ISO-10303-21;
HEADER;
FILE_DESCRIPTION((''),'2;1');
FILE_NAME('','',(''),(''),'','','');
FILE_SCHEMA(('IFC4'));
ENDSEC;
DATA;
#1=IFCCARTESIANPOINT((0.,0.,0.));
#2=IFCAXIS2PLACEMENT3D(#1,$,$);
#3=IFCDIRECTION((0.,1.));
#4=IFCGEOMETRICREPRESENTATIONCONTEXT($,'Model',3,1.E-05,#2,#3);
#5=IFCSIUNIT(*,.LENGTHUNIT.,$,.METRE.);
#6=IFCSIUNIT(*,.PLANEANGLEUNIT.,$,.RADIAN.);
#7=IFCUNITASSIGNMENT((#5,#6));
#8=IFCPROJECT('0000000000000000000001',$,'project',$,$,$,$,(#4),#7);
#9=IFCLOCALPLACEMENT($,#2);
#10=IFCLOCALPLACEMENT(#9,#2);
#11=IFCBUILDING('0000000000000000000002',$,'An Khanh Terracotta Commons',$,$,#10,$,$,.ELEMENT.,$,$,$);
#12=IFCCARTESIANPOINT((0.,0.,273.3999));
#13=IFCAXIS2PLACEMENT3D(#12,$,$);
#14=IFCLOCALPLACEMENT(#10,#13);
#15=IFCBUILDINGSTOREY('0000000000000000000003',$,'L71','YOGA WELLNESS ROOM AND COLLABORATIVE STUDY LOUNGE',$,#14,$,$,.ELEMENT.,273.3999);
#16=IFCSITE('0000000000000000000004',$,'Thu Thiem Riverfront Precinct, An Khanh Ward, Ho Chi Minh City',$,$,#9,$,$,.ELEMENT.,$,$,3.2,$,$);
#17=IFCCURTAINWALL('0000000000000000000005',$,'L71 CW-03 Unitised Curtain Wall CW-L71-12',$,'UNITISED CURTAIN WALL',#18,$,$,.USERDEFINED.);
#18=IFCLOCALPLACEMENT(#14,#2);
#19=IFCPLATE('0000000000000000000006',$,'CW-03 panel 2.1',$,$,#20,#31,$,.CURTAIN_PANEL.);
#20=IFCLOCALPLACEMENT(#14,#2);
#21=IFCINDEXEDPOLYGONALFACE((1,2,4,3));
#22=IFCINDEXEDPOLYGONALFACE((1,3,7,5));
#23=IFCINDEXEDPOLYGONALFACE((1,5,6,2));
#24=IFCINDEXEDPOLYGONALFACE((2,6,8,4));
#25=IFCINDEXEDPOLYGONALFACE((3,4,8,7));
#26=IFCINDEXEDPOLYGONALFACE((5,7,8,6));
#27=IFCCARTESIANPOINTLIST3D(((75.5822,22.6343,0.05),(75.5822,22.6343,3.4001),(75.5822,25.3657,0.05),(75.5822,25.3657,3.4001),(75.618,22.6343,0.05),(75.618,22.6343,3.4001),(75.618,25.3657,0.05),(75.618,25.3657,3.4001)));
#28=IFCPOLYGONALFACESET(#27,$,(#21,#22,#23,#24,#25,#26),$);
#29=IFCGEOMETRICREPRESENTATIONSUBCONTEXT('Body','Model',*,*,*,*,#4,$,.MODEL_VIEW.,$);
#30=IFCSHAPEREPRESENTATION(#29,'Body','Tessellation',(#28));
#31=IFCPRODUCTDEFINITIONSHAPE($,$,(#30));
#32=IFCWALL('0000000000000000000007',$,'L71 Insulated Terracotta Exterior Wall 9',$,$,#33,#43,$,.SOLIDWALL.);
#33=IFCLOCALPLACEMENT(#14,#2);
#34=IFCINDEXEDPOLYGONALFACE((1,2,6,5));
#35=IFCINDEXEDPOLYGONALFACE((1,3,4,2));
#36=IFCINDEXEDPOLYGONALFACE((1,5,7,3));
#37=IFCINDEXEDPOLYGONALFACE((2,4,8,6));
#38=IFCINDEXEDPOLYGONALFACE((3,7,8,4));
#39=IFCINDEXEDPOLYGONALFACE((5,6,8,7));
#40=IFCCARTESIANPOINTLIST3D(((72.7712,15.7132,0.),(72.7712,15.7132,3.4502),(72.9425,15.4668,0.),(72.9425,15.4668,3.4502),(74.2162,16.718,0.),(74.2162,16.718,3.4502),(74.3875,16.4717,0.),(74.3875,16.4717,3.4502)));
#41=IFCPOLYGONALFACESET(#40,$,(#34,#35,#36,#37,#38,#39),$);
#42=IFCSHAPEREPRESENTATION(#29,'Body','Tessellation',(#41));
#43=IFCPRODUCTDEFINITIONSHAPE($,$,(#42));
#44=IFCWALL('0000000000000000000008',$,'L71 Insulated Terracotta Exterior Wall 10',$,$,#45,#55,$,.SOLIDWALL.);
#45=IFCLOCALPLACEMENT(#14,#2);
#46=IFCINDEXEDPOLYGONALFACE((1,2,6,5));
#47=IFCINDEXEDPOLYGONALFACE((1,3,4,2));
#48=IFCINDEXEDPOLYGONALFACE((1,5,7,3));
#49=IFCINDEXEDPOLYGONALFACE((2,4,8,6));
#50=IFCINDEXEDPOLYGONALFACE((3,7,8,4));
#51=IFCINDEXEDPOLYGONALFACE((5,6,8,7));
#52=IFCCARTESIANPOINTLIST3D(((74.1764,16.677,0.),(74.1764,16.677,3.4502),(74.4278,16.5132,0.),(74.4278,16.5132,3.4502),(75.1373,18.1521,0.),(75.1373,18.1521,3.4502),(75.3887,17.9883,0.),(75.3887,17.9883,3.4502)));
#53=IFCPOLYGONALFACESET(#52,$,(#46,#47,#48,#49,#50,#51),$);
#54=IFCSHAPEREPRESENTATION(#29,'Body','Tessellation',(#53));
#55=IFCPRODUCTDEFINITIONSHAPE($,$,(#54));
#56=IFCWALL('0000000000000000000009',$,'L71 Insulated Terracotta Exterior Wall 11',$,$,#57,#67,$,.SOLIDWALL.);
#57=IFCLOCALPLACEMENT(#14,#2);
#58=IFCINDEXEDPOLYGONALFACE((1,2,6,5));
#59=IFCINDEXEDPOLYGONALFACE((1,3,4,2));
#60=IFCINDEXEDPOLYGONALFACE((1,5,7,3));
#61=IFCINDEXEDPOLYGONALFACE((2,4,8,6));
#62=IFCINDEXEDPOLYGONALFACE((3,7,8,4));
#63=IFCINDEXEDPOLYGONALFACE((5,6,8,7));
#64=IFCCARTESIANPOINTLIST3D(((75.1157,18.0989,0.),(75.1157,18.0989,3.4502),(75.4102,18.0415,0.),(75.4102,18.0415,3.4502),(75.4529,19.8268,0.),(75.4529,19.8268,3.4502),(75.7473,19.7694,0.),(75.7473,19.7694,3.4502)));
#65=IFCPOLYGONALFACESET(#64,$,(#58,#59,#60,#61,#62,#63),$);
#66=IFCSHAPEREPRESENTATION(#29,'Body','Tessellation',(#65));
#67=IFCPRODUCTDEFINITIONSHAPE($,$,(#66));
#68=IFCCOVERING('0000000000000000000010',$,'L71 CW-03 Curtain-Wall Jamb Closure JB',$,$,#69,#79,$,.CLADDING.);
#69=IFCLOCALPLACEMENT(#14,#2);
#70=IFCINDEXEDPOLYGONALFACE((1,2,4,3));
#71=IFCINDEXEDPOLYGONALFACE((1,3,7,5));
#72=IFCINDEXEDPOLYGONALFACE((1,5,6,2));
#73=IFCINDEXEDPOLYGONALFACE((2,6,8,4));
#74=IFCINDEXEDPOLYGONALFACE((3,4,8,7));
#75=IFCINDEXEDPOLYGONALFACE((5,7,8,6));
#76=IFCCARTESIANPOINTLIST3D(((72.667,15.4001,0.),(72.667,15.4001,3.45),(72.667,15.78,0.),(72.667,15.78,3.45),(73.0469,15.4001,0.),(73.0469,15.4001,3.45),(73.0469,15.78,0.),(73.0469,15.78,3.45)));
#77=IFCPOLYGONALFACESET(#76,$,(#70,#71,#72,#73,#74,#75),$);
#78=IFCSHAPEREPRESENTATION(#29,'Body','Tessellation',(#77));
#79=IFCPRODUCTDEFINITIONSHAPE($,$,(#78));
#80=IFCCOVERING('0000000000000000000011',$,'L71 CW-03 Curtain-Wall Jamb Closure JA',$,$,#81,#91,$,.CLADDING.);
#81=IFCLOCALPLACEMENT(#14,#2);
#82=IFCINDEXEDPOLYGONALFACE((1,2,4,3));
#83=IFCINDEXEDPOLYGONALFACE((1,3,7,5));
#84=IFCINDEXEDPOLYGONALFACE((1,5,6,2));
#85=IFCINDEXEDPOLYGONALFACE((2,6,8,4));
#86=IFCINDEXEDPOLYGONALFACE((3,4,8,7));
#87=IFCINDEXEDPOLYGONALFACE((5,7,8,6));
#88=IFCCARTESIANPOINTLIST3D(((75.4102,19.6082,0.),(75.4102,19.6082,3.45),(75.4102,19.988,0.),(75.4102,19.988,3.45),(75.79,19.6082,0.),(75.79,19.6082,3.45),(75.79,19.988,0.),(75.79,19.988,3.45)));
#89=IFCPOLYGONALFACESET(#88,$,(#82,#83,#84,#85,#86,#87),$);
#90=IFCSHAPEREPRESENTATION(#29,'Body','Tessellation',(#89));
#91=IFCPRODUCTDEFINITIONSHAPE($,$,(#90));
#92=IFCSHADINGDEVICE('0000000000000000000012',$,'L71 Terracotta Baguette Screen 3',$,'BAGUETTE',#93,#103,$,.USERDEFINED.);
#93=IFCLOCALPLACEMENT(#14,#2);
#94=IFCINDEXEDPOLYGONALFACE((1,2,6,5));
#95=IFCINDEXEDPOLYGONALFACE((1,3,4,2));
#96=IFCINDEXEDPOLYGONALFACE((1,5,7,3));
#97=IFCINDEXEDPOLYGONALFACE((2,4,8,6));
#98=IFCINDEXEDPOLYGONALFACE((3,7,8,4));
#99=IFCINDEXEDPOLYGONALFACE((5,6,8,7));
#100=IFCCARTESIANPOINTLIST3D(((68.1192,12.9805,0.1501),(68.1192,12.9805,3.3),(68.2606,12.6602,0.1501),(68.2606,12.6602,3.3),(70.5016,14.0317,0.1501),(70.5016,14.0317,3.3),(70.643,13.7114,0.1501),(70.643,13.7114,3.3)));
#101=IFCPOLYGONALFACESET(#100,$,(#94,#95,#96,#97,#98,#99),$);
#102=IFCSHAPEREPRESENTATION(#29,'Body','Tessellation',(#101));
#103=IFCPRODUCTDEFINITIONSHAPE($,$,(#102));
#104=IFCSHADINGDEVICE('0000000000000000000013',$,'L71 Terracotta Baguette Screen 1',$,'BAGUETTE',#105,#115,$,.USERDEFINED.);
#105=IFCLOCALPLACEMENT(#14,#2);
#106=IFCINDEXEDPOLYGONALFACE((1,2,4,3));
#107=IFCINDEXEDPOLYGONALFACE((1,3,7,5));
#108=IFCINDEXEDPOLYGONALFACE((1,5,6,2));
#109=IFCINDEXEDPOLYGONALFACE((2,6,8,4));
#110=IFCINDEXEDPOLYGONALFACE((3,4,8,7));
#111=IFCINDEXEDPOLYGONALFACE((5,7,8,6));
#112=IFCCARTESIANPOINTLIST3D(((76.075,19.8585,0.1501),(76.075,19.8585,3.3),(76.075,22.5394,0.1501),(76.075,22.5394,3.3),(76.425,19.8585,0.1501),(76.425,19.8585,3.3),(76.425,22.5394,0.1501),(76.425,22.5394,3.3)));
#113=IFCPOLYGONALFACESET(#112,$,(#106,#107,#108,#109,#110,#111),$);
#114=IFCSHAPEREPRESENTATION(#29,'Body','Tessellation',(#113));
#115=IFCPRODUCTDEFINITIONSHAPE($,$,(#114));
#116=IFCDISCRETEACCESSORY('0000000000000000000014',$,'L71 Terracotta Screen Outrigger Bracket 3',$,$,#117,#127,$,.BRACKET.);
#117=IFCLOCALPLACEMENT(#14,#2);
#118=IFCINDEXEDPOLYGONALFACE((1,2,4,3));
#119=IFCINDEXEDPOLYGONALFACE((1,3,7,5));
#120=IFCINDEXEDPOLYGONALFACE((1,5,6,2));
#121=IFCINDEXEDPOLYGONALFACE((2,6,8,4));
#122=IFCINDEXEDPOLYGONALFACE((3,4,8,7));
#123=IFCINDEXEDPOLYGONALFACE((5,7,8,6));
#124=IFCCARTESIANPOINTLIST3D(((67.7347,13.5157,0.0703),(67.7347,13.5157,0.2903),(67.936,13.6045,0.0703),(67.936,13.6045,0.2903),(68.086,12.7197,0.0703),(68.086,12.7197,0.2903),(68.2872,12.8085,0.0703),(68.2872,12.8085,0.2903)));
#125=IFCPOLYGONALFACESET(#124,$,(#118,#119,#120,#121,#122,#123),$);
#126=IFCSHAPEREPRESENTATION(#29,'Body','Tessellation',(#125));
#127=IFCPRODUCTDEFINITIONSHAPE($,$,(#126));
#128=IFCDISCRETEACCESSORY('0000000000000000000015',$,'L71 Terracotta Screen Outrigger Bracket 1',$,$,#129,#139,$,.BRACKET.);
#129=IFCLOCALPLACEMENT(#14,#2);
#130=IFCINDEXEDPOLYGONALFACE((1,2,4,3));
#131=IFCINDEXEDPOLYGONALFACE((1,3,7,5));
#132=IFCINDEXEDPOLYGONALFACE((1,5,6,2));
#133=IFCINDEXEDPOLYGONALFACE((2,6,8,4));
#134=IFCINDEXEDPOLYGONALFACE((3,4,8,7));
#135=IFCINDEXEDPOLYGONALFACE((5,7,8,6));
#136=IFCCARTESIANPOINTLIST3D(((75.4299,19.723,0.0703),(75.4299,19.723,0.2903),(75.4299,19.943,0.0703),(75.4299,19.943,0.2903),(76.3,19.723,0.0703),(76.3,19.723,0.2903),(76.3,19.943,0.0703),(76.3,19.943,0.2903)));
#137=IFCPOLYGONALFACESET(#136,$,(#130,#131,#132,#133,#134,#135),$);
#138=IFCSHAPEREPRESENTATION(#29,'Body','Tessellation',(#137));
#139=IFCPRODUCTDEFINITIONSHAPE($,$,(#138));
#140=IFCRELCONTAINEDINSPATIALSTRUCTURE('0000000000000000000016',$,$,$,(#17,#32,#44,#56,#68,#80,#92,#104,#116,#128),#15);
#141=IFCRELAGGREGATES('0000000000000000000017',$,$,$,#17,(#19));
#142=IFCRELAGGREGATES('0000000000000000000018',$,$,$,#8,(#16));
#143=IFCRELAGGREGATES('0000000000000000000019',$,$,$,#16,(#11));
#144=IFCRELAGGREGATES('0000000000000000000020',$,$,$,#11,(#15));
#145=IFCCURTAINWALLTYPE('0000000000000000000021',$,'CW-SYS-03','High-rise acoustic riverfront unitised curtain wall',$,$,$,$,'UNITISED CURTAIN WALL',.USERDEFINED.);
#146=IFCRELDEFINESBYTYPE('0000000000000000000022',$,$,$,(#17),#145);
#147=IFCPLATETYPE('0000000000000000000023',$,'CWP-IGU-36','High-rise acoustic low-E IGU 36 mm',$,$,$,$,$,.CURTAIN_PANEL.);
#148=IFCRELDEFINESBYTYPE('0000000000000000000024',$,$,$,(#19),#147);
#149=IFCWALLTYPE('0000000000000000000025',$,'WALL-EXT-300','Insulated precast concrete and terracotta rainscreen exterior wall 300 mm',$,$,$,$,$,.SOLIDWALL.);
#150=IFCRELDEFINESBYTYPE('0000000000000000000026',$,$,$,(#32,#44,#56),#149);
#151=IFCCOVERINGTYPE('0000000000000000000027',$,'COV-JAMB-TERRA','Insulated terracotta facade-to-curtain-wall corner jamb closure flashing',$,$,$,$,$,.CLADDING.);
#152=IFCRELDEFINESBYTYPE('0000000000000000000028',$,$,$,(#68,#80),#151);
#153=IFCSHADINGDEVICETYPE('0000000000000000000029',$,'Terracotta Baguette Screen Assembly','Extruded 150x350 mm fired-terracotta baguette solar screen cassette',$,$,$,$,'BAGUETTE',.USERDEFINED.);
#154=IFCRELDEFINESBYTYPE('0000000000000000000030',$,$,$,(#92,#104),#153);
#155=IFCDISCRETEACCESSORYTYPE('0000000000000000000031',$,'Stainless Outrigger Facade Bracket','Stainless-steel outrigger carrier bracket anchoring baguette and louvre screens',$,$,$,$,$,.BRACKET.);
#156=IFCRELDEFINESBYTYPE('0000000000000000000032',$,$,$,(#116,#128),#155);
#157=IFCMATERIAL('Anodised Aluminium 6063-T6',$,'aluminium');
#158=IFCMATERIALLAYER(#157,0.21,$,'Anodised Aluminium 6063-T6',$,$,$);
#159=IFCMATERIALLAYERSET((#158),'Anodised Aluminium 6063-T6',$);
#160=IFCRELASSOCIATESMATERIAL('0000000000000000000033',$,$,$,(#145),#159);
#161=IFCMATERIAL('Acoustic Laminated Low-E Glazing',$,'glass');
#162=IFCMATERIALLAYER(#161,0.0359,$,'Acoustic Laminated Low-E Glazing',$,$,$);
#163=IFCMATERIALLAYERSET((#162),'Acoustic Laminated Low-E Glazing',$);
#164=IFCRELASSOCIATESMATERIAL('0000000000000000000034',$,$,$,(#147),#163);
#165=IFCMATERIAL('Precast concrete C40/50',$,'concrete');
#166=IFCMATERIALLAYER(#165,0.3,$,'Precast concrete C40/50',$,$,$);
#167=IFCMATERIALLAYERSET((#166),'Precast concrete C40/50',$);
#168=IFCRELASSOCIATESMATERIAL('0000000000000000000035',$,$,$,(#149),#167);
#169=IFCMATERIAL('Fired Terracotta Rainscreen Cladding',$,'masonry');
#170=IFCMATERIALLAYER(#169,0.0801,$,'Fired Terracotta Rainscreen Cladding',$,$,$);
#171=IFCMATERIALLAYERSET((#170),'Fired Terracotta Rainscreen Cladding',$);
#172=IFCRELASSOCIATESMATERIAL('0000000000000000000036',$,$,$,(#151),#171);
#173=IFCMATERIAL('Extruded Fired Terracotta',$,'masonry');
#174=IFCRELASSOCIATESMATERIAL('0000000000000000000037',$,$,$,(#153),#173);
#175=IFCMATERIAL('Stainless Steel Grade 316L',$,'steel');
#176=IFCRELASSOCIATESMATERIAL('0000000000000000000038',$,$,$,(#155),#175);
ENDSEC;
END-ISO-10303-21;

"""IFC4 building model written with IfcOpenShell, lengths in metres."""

from ifc_helpers import new_model, si_unit, direction, frame, frame_2d, origin, origin_2d, place, context, subcontext, project, spatial, rectangle, extrude, material, layer, layer_set, type_object, element, aggregate, save


model = new_model("IFC4")

# Units and contexts
model_context = context("Model", 3, precision=1e-05, world=origin(), true_north=direction((0.0, 1.0)))
body_context = subcontext(model_context, "Body", "Model", "MODEL_VIEW")
ifc_project = project(units=[si_unit("LENGTHUNIT", "METRE"), si_unit("PLANEANGLEUNIT", "RADIAN")], contexts=[model_context])

# Site, building, storey
site_placement = place(None, origin())
site = spatial("IfcSite", under=ifc_project, at=site_placement, Name="Thu Thiem Riverfront Precinct, An Khanh Ward, Ho Chi Minh City", CompositionType="ELEMENT", RefElevation=3.2)
building_placement = place(site_placement, origin())
building = spatial("IfcBuilding", under=site, at=building_placement, Name="An Khanh Terracotta Commons", CompositionType="ELEMENT")
storey_placement = place(building_placement, frame((0.0, 0.0, 273.3999)))
storey = spatial("IfcBuildingStorey", under=building, at=storey_placement, Name="L71", Description="YOGA WELLNESS ROOM AND COLLABORATIVE STUDY LOUNGE", CompositionType="ELEMENT", Elevation=273.3999)

# Curtain wall
ifc_material_1 = material(Name="Anodised Aluminium 6063-T6", Category="aluminium")
ifc_layer_1 = layer(ifc_material_1, 0.21, Name="Anodised Aluminium 6063-T6")
ifc_layer_set_1 = layer_set([ifc_layer_1], Name="Anodised Aluminium 6063-T6")
curtain_wall_type = type_object("IfcCurtainWallType", Name="CW-SYS-03", Description="High-rise acoustic riverfront unitised curtain wall", ElementType="UNITISED CURTAIN WALL", PredefinedType="USERDEFINED", material=ifc_layer_set_1)
curtain_wall_1_placement = place(storey_placement, origin())
curtain_wall_1 = element("IfcCurtainWall", 1, at=curtain_wall_1_placement, inside=storey, type_object=curtain_wall_type, Name="L71 CW-03 Unitised Curtain Wall CW-L71-12", ObjectType="UNITISED CURTAIN WALL", PredefinedType="USERDEFINED")

# Plate
ifc_material_2 = material(Name="Acoustic Laminated Low-E Glazing", Category="glass")
ifc_layer_2 = layer(ifc_material_2, 0.0359, Name="Acoustic Laminated Low-E Glazing")
ifc_layer_set_2 = layer_set([ifc_layer_2], Name="Acoustic Laminated Low-E Glazing")
plate_type = type_object("IfcPlateType", Name="CWP-IGU-36", Description="High-rise acoustic low-E IGU 36 mm", PredefinedType="CURTAIN_PANEL", material=ifc_layer_set_2)
plate_1_placement = place(storey_placement, frame((75.6001, 24.0, 0.05), z_axis=(0.0, 0.0, 1.0), x_axis=(0.0, 1.0, 0.0)))
plate_1 = element("IfcPlate", 2, at=plate_1_placement, type_object=plate_type, Name="CW-03 panel 2.1", PredefinedType="CURTAIN_PANEL", context=body_context, shape_type="SweptSolid", body=[
    extrude(rectangle(XDim=2.7314, YDim=0.0359, at=origin_2d()), origin(), (0.0, 0.0, 1.0), 3.3501),
])
aggregate(curtain_wall_1, [plate_1])

# Walls
ifc_material_3 = material(Name="Precast concrete C40/50", Category="concrete")
ifc_layer_3 = layer(ifc_material_3, 0.3, Name="Precast concrete C40/50")
ifc_layer_set_3 = layer_set([ifc_layer_3], Name="Precast concrete C40/50")
wall_type = type_object("IfcWallType", Name="WALL-EXT-300", Description="Insulated precast concrete and terracotta rainscreen exterior wall 300 mm", PredefinedType="SOLIDWALL", material=ifc_layer_set_3)
wall_placement = place(storey_placement, frame((72.8569, 15.5901, 0.0), z_axis=(0.0, 0.0, 1.0), x_axis=(0.821007, 0.570918, 0.0)))
element("IfcWall", 3, at=wall_placement, inside=storey, type_object=wall_type, Name="L71 Insulated Terracotta Exterior Wall 9", PredefinedType="SOLIDWALL", context=body_context, shape_type="SweptSolid", body=[
    extrude(rectangle(XDim=1.76, YDim=0.3, at=frame_2d((0.8799, 0.0))), origin(), (0.0, 0.0, 1.0), 3.4502),
])
for number, where, z_axis, x_axis, name in (
    (4, (74.302, 16.595, 0.0), (0.0, 0.0, 1.0), (0.545836, 0.837892, 0.0), "L71 Insulated Terracotta Exterior Wall 10"),
    (5, (75.2629, 18.0701, 0.0), (0.0, 0.0, 1.0), (0.191501, 0.981492, 0.0), "L71 Insulated Terracotta Exterior Wall 11"),
):
    element("IfcWall", number, at=place(storey_placement, frame(where, z_axis=z_axis, x_axis=x_axis)), inside=storey, type_object=wall_type, Name=name, PredefinedType="SOLIDWALL", context=body_context, shape_type="SweptSolid", body=[
        extrude(rectangle(XDim=1.7605, YDim=0.3, at=frame_2d((0.8804, 0.0))), origin(), (0.0, 0.0, 1.0), 3.4502),
    ])

# Coverings
ifc_material_4 = material(Name="Fired Terracotta Rainscreen Cladding", Category="masonry")
ifc_layer_4 = layer(ifc_material_4, 0.0801, Name="Fired Terracotta Rainscreen Cladding")
ifc_layer_set_4 = layer_set([ifc_layer_4], Name="Fired Terracotta Rainscreen Cladding")
covering_type = type_object("IfcCoveringType", Name="COV-JAMB-TERRA", Description="Insulated terracotta facade-to-curtain-wall corner jamb closure flashing", PredefinedType="CLADDING", material=ifc_layer_set_4)
for number, where, z_axis, x_axis, name in (
    (6, (72.8569, 15.5901, 0.0), (0.0, 0.0, 1.0), (1.0, 0.0, 0.0), "L71 CW-03 Curtain-Wall Jamb Closure JB"),
    (7, (75.6001, 19.7981, 0.0), (0.0, 0.0, 1.0), (1.0, 0.0, 0.0), "L71 CW-03 Curtain-Wall Jamb Closure JA"),
):
    element("IfcCovering", number, at=place(storey_placement, frame(where, z_axis=z_axis, x_axis=x_axis)), inside=storey, type_object=covering_type, Name=name, PredefinedType="CLADDING", context=body_context, shape_type="SweptSolid", body=[
        extrude(rectangle(XDim=0.3799, YDim=0.3799, at=origin_2d()), origin(), (0.0, 0.0, 1.0), 3.45),
    ])

# Shading devices
ifc_material_5 = material(Name="Extruded Fired Terracotta", Category="masonry")
shading_device_type = type_object("IfcShadingDeviceType", Name="Terracotta Baguette Screen Assembly", Description="Extruded 150x350 mm fired-terracotta baguette solar screen cassette", ElementType="BAGUETTE", PredefinedType="USERDEFINED", material=ifc_material_5)
shading_device_1_placement = place(storey_placement, frame((69.3811, 13.3459, 0.1501), z_axis=(0.0, 0.0, 1.0), x_axis=(0.914902, 0.403676, 0.0)))
element("IfcShadingDevice", 8, at=shading_device_1_placement, inside=storey, type_object=shading_device_type, Name="L71 Terracotta Baguette Screen 3", ObjectType="BAGUETTE", PredefinedType="USERDEFINED", context=body_context, shape_type="SweptSolid", body=[
    extrude(rectangle(XDim=2.604, YDim=0.3501, at=origin_2d()), origin(), (0.0, 0.0, 1.0), 3.1499),
])
shading_device_2_placement = place(storey_placement, frame((76.25, 21.199, 0.1501), z_axis=(0.0, 0.0, 1.0), x_axis=(0.0, 1.0, 0.0)))
element("IfcShadingDevice", 9, at=shading_device_2_placement, inside=storey, type_object=shading_device_type, Name="L71 Terracotta Baguette Screen 1", ObjectType="BAGUETTE", PredefinedType="USERDEFINED", context=body_context, shape_type="SweptSolid", body=[
    extrude(rectangle(XDim=2.6809, YDim=0.3501, at=origin_2d()), origin(), (0.0, 0.0, 1.0), 3.1499),
])

# Discrete accessories
ifc_material_6 = material(Name="Stainless Steel Grade 316L", Category="steel")
discrete_accessory_type = type_object("IfcDiscreteAccessoryType", Name="Stainless Outrigger Facade Bracket", Description="Stainless-steel outrigger carrier bracket anchoring baguette and louvre screens", PredefinedType="BRACKET", material=ifc_material_6)
for number, where, z_axis, x_axis, name in (
    (10, (68.011, 13.1621, 0.0703), (0.0, 0.0, 1.0), (0.914902, 0.403676, 0.0), "L71 Terracotta Screen Outrigger Bracket 3"),
    (11, (75.865, 19.833, 0.0703), (0.0, 0.0, 1.0), (0.0, 1.0, 0.0), "L71 Terracotta Screen Outrigger Bracket 1"),
):
    element("IfcDiscreteAccessory", number, at=place(storey_placement, frame(where, z_axis=z_axis, x_axis=x_axis)), inside=storey, type_object=discrete_accessory_type, Name=name, PredefinedType="BRACKET", context=body_context, shape_type="SweptSolid", body=[
        extrude(rectangle(XDim=0.22, YDim=0.8701, at=origin_2d()), origin(), (0.0, 0.0, 1.0), 0.22),
    ])

save(model, "model.ifc")
